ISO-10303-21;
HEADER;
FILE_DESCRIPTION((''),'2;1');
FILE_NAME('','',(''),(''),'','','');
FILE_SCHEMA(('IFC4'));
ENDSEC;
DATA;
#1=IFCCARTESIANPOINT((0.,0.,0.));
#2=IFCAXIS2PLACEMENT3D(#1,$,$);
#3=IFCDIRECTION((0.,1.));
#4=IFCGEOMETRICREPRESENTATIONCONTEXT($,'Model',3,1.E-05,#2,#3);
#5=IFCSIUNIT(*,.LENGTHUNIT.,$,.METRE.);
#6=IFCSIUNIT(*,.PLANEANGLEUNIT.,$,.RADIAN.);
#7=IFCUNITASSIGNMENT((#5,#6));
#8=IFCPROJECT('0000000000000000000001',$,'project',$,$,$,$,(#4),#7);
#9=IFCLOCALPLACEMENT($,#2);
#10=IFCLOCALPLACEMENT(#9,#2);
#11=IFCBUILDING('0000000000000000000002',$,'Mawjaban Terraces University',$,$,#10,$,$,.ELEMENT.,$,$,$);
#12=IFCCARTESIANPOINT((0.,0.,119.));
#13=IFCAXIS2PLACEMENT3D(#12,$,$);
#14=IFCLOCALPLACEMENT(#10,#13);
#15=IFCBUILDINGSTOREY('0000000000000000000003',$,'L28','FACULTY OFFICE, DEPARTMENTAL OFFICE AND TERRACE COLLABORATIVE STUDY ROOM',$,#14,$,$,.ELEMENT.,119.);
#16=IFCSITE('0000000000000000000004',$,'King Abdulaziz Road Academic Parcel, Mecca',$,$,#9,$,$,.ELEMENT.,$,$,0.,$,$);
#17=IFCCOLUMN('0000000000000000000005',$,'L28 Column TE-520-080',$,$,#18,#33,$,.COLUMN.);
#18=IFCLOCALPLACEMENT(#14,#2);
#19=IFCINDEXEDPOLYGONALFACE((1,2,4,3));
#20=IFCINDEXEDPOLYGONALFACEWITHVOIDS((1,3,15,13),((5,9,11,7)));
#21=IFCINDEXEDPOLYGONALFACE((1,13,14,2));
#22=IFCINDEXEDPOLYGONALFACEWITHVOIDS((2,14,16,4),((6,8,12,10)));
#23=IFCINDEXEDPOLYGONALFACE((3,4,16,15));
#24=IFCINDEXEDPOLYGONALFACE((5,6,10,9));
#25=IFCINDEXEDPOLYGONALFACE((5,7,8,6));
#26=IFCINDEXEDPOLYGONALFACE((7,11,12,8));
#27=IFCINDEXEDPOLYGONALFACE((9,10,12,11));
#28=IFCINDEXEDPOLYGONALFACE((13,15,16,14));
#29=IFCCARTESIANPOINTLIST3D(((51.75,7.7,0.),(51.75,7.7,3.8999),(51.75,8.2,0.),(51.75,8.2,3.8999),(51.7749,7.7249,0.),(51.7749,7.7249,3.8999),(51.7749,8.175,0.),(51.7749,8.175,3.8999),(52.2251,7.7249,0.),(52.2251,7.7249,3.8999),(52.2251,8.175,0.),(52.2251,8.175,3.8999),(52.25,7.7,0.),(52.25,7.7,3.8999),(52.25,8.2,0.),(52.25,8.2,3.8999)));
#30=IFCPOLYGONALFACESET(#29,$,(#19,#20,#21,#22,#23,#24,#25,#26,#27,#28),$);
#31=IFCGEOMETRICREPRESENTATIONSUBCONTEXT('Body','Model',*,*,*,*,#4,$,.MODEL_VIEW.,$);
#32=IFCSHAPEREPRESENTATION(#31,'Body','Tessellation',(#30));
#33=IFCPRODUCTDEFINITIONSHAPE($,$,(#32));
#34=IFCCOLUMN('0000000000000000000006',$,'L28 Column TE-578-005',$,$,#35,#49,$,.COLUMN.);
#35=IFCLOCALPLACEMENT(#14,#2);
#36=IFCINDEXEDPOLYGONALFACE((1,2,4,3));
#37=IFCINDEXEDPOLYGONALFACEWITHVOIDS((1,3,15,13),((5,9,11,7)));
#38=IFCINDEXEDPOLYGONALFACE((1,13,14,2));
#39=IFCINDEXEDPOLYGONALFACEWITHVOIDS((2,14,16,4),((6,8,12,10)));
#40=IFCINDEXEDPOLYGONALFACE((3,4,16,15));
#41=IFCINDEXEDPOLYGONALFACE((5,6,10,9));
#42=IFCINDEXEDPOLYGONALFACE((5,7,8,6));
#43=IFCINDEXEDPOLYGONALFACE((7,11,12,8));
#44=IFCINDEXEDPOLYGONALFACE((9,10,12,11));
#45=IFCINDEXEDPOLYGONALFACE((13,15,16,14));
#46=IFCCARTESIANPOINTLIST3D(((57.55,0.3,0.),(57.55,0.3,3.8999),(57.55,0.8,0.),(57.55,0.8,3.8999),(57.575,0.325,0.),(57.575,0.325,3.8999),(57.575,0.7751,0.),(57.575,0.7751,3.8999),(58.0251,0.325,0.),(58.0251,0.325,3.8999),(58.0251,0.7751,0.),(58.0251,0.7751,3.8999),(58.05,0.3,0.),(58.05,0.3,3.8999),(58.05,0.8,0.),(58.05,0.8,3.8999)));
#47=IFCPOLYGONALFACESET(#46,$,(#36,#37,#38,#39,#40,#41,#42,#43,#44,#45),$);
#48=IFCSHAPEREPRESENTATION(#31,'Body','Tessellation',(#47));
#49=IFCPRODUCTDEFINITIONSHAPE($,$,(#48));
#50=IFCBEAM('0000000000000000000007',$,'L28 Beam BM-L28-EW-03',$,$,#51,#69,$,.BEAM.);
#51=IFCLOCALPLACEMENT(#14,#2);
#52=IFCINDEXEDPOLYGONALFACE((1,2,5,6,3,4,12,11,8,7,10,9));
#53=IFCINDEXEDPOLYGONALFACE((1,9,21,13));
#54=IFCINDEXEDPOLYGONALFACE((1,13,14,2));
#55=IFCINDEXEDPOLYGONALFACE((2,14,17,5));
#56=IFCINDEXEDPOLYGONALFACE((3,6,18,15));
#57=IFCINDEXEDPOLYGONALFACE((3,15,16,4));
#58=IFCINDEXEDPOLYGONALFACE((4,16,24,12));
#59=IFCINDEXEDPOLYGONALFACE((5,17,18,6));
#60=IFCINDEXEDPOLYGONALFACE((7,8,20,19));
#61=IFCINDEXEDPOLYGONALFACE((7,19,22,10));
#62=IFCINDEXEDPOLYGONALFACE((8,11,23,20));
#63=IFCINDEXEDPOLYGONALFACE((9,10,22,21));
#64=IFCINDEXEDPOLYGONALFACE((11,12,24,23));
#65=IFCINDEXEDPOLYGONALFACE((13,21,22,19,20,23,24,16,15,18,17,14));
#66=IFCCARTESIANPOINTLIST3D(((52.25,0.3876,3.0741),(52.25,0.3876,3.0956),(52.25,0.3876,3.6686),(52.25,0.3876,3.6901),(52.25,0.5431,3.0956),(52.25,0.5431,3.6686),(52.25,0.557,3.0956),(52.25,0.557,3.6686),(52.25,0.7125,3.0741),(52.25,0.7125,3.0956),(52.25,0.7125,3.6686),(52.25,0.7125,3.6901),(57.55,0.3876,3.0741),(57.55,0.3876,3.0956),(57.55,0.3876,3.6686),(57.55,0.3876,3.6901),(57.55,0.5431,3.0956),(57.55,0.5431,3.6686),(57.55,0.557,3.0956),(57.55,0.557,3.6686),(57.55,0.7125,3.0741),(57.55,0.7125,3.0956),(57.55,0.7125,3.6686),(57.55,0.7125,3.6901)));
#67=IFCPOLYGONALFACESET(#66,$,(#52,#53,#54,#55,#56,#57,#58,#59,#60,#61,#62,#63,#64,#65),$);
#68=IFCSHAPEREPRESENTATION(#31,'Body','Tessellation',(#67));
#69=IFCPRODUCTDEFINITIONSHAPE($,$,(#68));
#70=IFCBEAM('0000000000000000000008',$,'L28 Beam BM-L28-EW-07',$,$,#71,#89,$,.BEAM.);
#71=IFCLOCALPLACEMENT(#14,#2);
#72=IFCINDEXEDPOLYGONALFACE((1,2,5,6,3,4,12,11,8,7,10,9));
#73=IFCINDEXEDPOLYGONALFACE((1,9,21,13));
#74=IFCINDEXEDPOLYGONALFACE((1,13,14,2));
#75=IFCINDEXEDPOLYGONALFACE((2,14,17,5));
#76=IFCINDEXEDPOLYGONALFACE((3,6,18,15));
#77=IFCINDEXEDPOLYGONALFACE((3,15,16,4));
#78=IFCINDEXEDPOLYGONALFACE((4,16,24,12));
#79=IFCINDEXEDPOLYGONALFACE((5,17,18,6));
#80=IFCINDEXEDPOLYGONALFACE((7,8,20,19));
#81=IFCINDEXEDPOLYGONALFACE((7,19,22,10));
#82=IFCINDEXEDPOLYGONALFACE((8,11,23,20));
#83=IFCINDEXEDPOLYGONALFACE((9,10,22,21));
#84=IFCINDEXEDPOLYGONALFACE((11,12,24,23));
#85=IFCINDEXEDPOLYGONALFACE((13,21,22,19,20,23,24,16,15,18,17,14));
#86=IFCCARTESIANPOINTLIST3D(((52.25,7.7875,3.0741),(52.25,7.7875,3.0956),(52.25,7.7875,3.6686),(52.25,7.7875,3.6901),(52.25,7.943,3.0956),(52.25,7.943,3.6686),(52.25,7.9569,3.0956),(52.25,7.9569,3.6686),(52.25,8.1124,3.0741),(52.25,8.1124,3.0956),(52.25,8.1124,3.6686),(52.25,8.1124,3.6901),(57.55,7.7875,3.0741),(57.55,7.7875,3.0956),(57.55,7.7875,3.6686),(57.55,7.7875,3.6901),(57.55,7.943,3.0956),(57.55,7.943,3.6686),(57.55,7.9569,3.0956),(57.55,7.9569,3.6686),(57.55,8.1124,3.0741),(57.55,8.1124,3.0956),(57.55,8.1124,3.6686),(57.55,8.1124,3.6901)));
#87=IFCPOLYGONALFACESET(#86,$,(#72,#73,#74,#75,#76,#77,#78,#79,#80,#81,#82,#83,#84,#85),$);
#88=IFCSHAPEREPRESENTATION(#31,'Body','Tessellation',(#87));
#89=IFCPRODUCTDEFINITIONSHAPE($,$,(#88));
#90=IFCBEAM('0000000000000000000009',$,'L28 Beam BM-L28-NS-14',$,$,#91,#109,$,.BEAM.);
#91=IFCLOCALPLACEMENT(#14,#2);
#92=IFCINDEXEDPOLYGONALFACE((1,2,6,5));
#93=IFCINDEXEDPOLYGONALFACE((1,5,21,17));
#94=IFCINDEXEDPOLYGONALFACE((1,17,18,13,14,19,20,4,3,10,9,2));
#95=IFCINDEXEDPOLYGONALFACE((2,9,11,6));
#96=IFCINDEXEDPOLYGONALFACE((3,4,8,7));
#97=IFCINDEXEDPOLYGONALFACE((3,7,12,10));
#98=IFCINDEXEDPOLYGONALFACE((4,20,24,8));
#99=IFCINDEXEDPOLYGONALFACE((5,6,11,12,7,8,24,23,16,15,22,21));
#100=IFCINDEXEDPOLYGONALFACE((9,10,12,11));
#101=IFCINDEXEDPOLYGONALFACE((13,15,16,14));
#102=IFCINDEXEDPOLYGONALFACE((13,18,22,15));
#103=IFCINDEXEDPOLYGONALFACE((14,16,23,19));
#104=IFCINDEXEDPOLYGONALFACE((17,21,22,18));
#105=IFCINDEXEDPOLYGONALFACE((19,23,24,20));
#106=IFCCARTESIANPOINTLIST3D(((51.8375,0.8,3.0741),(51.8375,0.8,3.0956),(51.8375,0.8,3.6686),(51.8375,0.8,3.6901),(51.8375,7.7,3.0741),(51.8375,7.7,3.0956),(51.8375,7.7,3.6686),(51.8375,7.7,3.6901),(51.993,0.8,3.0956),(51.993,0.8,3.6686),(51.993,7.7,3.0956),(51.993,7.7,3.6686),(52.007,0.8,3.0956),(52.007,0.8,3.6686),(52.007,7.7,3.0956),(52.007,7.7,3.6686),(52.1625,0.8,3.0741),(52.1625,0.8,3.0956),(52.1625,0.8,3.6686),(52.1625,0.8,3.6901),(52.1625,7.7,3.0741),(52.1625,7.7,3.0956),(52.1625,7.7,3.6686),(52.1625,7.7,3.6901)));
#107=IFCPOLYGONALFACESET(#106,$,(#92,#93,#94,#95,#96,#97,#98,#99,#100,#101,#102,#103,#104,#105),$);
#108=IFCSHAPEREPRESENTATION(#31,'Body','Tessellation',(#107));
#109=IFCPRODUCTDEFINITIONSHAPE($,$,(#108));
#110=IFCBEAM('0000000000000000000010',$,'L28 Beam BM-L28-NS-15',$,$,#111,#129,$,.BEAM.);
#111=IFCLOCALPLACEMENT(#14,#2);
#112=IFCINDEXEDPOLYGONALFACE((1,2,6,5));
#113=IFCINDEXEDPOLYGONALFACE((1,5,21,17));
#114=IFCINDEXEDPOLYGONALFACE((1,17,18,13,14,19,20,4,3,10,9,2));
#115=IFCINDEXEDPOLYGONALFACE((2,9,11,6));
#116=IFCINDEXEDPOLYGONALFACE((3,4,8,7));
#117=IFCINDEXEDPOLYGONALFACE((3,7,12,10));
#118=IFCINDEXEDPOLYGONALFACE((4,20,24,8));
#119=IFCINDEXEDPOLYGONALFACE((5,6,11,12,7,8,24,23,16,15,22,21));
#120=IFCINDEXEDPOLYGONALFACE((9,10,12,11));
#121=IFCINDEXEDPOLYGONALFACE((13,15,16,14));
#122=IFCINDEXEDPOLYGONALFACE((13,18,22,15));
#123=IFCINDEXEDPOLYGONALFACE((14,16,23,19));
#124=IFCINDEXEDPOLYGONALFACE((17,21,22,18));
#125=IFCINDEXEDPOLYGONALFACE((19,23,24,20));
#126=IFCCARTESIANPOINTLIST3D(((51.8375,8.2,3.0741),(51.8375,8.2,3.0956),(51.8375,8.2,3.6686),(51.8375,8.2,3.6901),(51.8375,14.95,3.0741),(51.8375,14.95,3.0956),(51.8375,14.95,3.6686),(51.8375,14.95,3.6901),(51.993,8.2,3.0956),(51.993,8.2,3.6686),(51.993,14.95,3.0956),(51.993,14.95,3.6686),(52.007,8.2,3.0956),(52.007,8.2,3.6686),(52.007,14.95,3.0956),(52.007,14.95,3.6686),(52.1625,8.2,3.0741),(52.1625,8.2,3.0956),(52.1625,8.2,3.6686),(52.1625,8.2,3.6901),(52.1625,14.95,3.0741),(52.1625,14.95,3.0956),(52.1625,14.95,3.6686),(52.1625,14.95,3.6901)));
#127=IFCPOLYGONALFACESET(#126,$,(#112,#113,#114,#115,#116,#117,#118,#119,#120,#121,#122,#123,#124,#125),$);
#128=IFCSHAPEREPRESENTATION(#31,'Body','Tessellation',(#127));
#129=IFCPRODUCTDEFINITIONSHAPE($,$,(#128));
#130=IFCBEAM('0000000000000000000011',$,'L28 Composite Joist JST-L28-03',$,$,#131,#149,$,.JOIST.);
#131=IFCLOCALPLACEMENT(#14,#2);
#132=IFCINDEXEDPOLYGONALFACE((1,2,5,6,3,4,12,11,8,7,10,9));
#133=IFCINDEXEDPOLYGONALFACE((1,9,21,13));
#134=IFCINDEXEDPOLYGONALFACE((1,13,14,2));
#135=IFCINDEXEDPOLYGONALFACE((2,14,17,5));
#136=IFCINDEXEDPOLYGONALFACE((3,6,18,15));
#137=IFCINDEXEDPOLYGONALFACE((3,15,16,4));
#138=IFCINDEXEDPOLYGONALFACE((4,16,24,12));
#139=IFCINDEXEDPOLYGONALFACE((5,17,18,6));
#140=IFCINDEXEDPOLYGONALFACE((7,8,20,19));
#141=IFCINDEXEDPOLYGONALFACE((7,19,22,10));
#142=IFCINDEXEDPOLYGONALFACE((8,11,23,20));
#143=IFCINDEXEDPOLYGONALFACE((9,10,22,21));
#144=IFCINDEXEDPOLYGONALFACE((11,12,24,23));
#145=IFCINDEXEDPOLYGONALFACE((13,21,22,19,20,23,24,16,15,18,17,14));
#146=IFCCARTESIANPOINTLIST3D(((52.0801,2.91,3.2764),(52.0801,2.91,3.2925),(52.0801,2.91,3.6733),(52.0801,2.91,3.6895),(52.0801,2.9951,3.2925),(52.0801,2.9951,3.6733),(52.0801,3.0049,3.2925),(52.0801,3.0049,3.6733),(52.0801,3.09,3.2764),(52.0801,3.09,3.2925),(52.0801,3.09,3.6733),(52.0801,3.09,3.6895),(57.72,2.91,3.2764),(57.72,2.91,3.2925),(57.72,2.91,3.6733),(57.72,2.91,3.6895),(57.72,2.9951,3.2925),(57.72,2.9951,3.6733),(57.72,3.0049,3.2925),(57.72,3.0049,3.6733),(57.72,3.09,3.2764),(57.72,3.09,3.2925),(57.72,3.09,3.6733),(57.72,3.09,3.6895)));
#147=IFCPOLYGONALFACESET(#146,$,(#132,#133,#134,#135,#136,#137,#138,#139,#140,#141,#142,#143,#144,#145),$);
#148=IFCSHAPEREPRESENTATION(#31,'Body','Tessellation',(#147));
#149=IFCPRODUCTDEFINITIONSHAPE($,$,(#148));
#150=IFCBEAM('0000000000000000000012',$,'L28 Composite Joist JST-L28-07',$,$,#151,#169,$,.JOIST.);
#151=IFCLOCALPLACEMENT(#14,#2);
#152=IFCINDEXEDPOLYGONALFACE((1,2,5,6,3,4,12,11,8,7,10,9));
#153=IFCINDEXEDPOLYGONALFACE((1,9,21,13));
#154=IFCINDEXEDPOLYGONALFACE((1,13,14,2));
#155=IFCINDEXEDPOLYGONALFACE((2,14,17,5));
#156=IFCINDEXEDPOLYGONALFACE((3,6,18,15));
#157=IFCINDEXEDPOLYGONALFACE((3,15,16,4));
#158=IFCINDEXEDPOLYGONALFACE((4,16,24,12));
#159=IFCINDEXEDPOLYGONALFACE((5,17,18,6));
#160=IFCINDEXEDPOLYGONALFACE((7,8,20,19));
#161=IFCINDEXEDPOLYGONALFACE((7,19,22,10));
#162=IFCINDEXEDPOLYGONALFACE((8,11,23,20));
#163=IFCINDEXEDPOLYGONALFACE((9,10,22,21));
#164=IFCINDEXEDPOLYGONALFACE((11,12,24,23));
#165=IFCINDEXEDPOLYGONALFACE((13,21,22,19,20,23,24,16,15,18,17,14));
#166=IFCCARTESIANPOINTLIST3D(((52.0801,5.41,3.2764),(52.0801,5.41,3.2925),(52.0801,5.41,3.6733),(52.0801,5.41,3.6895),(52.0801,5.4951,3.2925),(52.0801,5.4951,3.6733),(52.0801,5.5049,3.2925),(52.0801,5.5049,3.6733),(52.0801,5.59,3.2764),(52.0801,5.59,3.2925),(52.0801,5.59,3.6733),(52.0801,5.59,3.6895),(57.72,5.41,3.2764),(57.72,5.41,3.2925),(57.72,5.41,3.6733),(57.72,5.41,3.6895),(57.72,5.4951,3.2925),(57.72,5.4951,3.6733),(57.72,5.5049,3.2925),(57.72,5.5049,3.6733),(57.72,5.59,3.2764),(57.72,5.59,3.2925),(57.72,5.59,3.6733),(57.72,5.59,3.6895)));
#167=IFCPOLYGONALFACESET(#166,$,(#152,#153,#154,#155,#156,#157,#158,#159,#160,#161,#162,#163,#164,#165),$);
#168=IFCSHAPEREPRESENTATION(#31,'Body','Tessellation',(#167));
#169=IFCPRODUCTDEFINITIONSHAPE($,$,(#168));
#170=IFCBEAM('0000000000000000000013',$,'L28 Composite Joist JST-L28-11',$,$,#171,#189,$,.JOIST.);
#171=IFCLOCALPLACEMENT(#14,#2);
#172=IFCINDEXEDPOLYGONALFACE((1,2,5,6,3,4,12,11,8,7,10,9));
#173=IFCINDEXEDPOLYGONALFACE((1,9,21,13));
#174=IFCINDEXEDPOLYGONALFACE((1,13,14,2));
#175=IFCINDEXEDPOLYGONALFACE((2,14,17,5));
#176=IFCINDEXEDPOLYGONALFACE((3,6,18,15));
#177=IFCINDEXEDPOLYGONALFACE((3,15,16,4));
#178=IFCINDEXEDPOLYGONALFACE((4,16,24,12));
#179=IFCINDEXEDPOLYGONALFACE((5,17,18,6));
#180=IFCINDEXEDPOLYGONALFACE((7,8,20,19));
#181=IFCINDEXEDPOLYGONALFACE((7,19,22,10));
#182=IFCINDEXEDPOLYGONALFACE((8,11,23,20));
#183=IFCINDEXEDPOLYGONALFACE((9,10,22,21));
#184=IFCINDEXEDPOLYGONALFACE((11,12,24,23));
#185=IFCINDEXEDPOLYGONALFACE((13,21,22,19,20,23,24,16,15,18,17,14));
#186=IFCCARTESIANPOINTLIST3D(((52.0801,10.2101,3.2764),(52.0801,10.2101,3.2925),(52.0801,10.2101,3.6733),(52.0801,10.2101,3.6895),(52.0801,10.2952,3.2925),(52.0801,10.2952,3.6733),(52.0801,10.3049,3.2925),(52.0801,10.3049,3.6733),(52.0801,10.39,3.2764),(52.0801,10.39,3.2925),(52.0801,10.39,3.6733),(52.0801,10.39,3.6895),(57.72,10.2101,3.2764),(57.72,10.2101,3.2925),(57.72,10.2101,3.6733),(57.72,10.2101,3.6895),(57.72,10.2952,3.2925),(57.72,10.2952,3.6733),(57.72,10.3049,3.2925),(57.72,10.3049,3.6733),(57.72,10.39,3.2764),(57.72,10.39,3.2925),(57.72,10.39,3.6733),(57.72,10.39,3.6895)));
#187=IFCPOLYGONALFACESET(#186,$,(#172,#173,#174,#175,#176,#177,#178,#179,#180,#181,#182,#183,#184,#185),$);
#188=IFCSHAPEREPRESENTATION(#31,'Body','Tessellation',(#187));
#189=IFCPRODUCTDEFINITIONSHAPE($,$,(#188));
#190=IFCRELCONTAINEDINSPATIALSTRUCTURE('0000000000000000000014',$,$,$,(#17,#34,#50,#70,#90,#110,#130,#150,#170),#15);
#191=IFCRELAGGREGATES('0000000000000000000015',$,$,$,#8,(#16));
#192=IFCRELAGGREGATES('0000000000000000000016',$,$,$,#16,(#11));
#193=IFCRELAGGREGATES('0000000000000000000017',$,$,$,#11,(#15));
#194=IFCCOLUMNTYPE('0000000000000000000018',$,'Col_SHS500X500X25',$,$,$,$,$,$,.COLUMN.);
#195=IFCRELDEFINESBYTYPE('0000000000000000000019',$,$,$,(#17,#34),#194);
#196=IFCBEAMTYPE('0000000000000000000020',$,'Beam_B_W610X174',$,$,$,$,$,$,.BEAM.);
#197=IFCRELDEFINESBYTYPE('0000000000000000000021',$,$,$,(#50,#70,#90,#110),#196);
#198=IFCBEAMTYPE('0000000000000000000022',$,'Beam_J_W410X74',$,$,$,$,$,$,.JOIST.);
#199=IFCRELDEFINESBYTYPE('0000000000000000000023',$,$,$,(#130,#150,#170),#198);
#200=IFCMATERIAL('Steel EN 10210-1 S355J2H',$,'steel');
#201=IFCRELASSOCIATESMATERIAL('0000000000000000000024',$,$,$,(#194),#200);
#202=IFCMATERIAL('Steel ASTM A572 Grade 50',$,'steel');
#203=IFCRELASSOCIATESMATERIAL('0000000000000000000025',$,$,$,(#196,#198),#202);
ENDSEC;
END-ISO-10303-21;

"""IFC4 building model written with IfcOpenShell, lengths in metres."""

from ifc_helpers import new_model, si_unit, direction, frame, origin, origin_2d, place, context, subcontext, project, spatial, hollow_rectangle, i_section, extrude, material, material_profile, profile_set, type_object, element, save


model = new_model("IFC4")

# Units and contexts
model_context = context("Model", 3, precision=1e-05, world=origin(), true_north=direction((0.0, 1.0)))
body_context = subcontext(model_context, "Body", "Model", "MODEL_VIEW")
ifc_project = project(units=[si_unit("LENGTHUNIT", "METRE"), si_unit("PLANEANGLEUNIT", "RADIAN")], contexts=[model_context])

# Site, building, storey
site_placement = place(None, origin())
site = spatial("IfcSite", under=ifc_project, at=site_placement, Name="King Abdulaziz Road Academic Parcel, Mecca", CompositionType="ELEMENT", RefElevation=0.0)
building_placement = place(site_placement, origin())
building = spatial("IfcBuilding", under=site, at=building_placement, Name="Mawjaban Terraces University", CompositionType="ELEMENT")
storey_placement = place(building_placement, frame((0.0, 0.0, 119.0)))
storey = spatial("IfcBuildingStorey", under=building, at=storey_placement, Name="L28", Description="FACULTY OFFICE, DEPARTMENTAL OFFICE AND TERRACE COLLABORATIVE STUDY ROOM", CompositionType="ELEMENT", Elevation=119.0)

# Columns
ifc_material_1 = material(Name="Steel EN 10210-1 S355J2H", Category="steel")
ifc_material_profile_1 = material_profile(ifc_material_1, hollow_rectangle(XDim=0.5, YDim=0.5, WallThickness=0.0249, at=origin_2d()), Name="SHS500X500X25")
ifc_profile_set_1 = profile_set([ifc_material_profile_1], Name="Steel EN 10210-1 S355J2H")
column_type = type_object("IfcColumnType", Name="Col_SHS500X500X25", PredefinedType="COLUMN", material=ifc_profile_set_1)
for number, where, z_axis, x_axis, name in (
    (1, (52.0, 7.95, 0.0), (0.0, 0.0, 1.0), (1.0, 0.0, 0.0), "L28 Column TE-520-080"),
    (2, (57.8, 0.55, 0.0), (0.0, 0.0, 1.0), (1.0, 0.0, 0.0), "L28 Column TE-578-005"),
):
    element("IfcColumn", number, at=place(storey_placement, frame(where, z_axis=z_axis, x_axis=x_axis)), inside=storey, type_object=column_type, Name=name, PredefinedType="COLUMN", context=body_context, shape_type="SweptSolid", body=[
        extrude(hollow_rectangle(XDim=0.5, YDim=0.5, WallThickness=0.0249, at=origin_2d()), origin(), (0.0, 0.0, 1.0), 3.8999),
    ])

# Beams
ifc_material_2 = material(Name="Steel ASTM A572 Grade 50", Category="steel")
ifc_material_profile_2 = material_profile(ifc_material_2, i_section(OverallWidth=0.325, OverallDepth=0.616, WebThickness=0.0139, FlangeThickness=0.0215, at=origin_2d()), Name="W610X174")
ifc_profile_set_2 = profile_set([ifc_material_profile_2], Name="Steel ASTM A572 Grade 50")
beam_type_1 = type_object("IfcBeamType", Name="Beam_B_W610X174", PredefinedType="BEAM", material=ifc_profile_set_2)
for number, where, z_axis, x_axis, name in (
    (3, (52.25, 0.55, 3.3821), (1.0, 0.0, 0.0), (0.0, 1.0, 0.0), "L28 Beam BM-L28-EW-03"),
    (4, (52.25, 7.95, 3.3821), (1.0, 0.0, 0.0), (0.0, 1.0, 0.0), "L28 Beam BM-L28-EW-07"),
):
    element("IfcBeam", number, at=place(storey_placement, frame(where, z_axis=z_axis, x_axis=x_axis)), inside=storey, type_object=beam_type_1, Name=name, PredefinedType="BEAM", context=body_context, shape_type="SweptSolid", body=[
        extrude(i_section(OverallWidth=0.325, OverallDepth=0.616, WebThickness=0.0139, FlangeThickness=0.0215, at=origin_2d()), origin(), (0.0, 0.0, 1.0), 5.3),
    ])
beam_1_placement = place(storey_placement, frame((52.0, 0.8, 3.3821), z_axis=(0.0, 1.0, 0.0), x_axis=(-1.0, 0.0, 0.0)))
element("IfcBeam", 5, at=beam_1_placement, inside=storey, type_object=beam_type_1, Name="L28 Beam BM-L28-NS-14", PredefinedType="BEAM", context=body_context, shape_type="SweptSolid", body=[
    extrude(i_section(OverallWidth=0.325, OverallDepth=0.616, WebThickness=0.0139, FlangeThickness=0.0215, at=origin_2d()), origin(), (0.0, 0.0, 1.0), 6.8999),
])
beam_2_placement = place(storey_placement, frame((52.0, 8.2, 3.3821), z_axis=(0.0, 1.0, 0.0), x_axis=(-1.0, 0.0, 0.0)))
element("IfcBeam", 6, at=beam_2_placement, inside=storey, type_object=beam_type_1, Name="L28 Beam BM-L28-NS-15", PredefinedType="BEAM", context=body_context, shape_type="SweptSolid", body=[
    extrude(i_section(OverallWidth=0.325, OverallDepth=0.616, WebThickness=0.0139, FlangeThickness=0.0215, at=origin_2d()), origin(), (0.0, 0.0, 1.0), 6.75),
])
ifc_material_profile_3 = material_profile(ifc_material_2, i_section(OverallWidth=0.1799, OverallDepth=0.4131, WebThickness=0.0098, FlangeThickness=0.0161, at=origin_2d()), Name="W410X74")
ifc_profile_set_3 = profile_set([ifc_material_profile_3], Name="Steel ASTM A572 Grade 50")
beam_type_2 = type_object("IfcBeamType", Name="Beam_J_W410X74", PredefinedType="JOIST", material=ifc_profile_set_3)
for number, where, z_axis, x_axis, name in (
    (7, (52.0801, 3.0, 3.4829), (1.0, 0.0, 0.0), (0.0, 1.0, 0.0), "L28 Composite Joist JST-L28-03"),
    (8, (52.0801, 5.5, 3.4829), (1.0, 0.0, 0.0), (0.0, 1.0, 0.0), "L28 Composite Joist JST-L28-07"),
    (9, (52.0801, 10.3, 3.4829), (1.0, 0.0, 0.0), (0.0, 1.0, 0.0), "L28 Composite Joist JST-L28-11"),
):
    element("IfcBeam", number, at=place(storey_placement, frame(where, z_axis=z_axis, x_axis=x_axis)), inside=storey, type_object=beam_type_2, Name=name, PredefinedType="JOIST", context=body_context, shape_type="SweptSolid", body=[
        extrude(i_section(OverallWidth=0.1799, OverallDepth=0.4131, WebThickness=0.0098, FlangeThickness=0.0161, at=origin_2d()), origin(), (0.0, 0.0, 1.0), 5.6399),
    ])

save(model, "model.ifc")
